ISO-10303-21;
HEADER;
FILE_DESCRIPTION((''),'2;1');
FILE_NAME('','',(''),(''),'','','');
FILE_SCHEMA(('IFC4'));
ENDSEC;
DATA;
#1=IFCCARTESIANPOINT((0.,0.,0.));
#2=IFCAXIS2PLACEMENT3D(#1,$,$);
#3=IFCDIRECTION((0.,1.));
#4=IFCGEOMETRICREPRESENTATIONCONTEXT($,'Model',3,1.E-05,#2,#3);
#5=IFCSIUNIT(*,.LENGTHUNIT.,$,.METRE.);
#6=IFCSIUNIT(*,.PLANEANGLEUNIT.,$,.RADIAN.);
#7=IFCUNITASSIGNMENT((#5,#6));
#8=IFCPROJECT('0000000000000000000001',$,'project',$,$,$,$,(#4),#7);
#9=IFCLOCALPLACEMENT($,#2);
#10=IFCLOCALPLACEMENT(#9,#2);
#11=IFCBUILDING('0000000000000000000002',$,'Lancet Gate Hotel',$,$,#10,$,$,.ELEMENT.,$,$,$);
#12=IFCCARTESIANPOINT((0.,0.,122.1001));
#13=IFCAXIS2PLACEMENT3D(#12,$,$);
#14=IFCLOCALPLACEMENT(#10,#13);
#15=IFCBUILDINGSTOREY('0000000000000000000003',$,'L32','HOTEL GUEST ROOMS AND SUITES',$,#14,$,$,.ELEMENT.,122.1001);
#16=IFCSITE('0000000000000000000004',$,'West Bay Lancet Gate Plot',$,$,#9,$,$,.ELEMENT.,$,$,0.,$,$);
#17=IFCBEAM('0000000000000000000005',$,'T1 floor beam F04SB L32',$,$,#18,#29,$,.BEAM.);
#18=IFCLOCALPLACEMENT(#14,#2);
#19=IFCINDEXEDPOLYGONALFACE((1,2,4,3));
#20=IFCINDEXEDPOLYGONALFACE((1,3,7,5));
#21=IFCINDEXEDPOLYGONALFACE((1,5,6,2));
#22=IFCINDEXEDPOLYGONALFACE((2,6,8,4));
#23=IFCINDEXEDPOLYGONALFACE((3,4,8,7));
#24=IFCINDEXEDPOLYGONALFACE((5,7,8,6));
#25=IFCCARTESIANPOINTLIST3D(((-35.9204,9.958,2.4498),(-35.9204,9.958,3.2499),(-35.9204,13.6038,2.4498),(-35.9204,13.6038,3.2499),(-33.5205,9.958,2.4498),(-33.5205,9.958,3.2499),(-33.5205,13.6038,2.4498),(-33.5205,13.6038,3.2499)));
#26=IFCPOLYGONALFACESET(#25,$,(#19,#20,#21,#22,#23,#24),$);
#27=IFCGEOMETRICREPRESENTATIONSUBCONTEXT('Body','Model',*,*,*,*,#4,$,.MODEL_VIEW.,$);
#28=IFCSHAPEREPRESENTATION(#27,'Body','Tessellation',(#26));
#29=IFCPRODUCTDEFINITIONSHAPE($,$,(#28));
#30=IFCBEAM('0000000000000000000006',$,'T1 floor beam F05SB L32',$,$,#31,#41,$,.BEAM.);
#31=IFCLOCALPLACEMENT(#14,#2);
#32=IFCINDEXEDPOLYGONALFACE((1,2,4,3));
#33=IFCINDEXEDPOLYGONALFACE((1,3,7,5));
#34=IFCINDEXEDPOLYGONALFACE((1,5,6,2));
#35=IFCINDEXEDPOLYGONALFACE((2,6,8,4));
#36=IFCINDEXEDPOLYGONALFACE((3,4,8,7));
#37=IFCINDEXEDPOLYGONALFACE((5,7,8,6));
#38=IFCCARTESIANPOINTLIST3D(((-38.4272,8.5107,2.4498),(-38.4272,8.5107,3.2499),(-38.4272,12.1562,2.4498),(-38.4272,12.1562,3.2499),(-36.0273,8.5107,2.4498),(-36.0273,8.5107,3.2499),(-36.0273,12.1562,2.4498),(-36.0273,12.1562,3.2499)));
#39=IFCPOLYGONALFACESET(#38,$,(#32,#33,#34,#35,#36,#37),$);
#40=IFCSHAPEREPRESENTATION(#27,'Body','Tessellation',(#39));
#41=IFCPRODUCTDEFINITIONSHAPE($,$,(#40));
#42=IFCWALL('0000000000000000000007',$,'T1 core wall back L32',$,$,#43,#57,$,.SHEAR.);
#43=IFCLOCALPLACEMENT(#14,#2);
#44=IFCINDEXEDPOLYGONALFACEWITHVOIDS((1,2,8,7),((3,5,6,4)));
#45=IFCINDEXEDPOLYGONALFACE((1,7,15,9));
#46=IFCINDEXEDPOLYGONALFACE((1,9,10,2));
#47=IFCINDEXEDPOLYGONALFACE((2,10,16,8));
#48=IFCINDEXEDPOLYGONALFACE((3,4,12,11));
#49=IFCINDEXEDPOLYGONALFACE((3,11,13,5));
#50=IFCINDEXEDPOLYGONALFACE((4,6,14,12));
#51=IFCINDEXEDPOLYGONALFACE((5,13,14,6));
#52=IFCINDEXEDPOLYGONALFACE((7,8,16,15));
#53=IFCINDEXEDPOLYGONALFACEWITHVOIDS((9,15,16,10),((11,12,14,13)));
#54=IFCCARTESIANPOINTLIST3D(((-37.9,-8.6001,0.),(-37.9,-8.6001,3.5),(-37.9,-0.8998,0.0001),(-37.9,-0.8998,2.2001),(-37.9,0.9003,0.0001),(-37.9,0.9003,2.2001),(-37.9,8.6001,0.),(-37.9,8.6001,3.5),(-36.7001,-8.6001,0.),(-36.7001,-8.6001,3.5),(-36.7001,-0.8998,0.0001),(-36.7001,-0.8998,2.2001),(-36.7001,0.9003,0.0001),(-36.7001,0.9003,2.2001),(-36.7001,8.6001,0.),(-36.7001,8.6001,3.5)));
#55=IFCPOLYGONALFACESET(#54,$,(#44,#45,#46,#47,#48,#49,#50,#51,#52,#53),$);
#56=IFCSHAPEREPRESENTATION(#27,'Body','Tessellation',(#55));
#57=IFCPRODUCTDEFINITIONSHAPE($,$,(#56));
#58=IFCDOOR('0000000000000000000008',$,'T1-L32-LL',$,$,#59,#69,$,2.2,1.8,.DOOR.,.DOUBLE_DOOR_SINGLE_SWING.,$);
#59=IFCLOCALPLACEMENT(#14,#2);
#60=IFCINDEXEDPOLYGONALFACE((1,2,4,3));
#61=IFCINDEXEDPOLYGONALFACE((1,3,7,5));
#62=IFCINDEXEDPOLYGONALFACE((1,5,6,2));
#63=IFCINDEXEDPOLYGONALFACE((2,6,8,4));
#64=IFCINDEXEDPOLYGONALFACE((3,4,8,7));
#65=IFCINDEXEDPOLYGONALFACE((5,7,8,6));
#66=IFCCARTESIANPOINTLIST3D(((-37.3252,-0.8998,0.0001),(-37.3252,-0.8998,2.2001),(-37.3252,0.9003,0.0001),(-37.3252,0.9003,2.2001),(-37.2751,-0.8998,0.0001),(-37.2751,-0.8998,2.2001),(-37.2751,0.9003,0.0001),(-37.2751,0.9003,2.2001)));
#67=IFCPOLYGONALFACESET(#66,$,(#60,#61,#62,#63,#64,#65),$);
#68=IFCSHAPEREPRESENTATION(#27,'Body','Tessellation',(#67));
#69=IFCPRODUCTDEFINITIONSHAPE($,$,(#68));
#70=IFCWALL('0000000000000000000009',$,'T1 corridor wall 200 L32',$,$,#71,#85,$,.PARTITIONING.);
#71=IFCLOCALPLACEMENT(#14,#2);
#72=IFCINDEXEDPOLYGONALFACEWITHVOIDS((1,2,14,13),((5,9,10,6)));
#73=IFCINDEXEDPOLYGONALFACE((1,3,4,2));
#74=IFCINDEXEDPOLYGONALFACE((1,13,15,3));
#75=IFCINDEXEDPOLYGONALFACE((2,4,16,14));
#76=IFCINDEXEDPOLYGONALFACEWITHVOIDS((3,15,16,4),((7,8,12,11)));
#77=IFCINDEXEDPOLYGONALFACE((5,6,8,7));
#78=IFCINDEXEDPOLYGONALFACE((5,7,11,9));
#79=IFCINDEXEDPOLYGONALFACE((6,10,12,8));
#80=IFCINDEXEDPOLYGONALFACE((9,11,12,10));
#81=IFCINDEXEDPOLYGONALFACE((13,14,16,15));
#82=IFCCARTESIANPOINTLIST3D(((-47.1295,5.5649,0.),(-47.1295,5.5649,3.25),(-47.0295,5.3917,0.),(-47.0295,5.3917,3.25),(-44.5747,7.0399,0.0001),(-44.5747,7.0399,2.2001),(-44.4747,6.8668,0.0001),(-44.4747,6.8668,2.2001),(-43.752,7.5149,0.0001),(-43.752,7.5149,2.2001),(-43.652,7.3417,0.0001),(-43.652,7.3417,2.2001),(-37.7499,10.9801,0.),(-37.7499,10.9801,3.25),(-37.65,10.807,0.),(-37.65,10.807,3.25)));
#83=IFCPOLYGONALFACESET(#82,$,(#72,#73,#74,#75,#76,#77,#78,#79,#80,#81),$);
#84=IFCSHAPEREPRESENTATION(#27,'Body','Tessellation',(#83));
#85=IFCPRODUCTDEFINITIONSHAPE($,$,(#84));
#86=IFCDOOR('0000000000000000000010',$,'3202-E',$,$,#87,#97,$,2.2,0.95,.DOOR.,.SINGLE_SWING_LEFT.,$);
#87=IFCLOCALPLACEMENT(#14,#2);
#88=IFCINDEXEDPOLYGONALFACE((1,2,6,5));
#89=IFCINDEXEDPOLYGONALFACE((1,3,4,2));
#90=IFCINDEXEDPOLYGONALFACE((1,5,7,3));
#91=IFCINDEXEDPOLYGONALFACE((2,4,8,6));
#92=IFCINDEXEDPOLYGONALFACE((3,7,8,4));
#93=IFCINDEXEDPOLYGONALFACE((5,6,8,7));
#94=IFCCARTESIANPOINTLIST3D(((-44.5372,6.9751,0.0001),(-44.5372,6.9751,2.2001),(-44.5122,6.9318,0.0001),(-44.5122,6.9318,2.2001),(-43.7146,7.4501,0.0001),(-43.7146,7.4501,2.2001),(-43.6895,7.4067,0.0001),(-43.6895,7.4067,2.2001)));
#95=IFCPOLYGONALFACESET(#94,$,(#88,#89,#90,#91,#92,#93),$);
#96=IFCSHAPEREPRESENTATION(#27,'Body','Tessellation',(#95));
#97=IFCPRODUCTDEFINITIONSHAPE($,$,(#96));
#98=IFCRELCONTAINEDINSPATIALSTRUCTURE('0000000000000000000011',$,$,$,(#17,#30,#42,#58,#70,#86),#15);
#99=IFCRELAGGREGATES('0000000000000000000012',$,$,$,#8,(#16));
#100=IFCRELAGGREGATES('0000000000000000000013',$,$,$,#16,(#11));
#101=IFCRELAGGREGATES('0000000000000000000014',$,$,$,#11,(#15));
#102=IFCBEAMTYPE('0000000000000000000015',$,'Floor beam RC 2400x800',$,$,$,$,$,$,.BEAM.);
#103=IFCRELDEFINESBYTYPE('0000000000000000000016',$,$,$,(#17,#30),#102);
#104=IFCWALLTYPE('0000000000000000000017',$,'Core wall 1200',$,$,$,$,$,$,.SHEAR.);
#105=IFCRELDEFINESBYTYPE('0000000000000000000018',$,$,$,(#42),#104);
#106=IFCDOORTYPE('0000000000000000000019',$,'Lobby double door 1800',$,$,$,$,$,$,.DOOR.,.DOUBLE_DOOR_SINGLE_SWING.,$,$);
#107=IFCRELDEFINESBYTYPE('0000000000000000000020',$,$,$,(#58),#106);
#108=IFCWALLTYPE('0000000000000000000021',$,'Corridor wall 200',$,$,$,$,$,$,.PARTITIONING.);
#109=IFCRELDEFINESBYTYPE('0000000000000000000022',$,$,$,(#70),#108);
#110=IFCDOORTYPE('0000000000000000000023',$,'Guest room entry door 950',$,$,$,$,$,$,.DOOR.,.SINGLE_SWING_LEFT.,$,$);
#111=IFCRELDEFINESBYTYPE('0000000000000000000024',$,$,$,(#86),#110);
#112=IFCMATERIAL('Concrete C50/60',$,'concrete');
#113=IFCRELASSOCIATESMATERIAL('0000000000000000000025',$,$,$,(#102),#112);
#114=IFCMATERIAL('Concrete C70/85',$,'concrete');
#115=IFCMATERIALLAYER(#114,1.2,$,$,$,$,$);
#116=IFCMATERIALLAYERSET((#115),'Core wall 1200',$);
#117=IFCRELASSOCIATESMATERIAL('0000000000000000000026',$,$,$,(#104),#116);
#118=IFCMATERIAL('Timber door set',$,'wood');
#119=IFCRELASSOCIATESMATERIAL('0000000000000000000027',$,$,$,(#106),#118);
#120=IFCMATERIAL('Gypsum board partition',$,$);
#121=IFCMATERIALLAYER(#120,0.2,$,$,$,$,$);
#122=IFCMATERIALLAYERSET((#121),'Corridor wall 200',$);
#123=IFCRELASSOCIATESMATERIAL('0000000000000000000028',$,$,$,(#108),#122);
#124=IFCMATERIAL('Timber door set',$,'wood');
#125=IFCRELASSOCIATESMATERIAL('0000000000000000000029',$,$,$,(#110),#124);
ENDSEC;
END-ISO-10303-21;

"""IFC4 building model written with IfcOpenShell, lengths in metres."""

from ifc_helpers import new_model, si_unit, direction, frame, frame_2d, origin, origin_2d, place, context, subcontext, project, spatial, rectangle, extrude, material, layer, layer_set, material_profile, profile_set, type_object, element, fill, save


model = new_model("IFC4")

# Units and contexts
model_context = context("Model", 3, precision=1e-05, world=origin(), true_north=direction((0.0, 1.0)))
body_context = subcontext(model_context, "Body", "Model", "MODEL_VIEW")
ifc_project = project(units=[si_unit("LENGTHUNIT", "METRE"), si_unit("PLANEANGLEUNIT", "RADIAN")], contexts=[model_context])

# Site, building, storey
site_placement = place(None, origin())
site = spatial("IfcSite", under=ifc_project, at=site_placement, Name="West Bay Lancet Gate Plot", CompositionType="ELEMENT", RefElevation=0.0)
building_placement = place(site_placement, origin())
building = spatial("IfcBuilding", under=site, at=building_placement, Name="Lancet Gate Hotel", CompositionType="ELEMENT")
storey_placement = place(building_placement, frame((0.0, 0.0, 122.1001)))
storey = spatial("IfcBuildingStorey", under=building, at=storey_placement, Name="L32", Description="HOTEL GUEST ROOMS AND SUITES", CompositionType="ELEMENT", Elevation=122.1001)

# Beams
ifc_material_1 = material(Name="Concrete C50/60", Category="concrete")
ifc_material_profile = material_profile(ifc_material_1, rectangle(XDim=2.3999, YDim=0.8, at=origin_2d()), Name="RC 2400x800")
ifc_profile_set = profile_set([ifc_material_profile], Name="Concrete C50/60")
beam_type = type_object("IfcBeamType", Name="Floor beam RC 2400x800", PredefinedType="BEAM", material=ifc_profile_set)
beam_1_placement = place(storey_placement, frame((-34.7205, 13.6038, 2.8499), z_axis=(0.0, -1.0, 0.0), x_axis=(1.0, 0.0, 0.0)))
element("IfcBeam", 1, at=beam_1_placement, inside=storey, type_object=beam_type, Name="T1 floor beam F04SB L32", PredefinedType="BEAM", context=body_context, shape_type="SweptSolid", body=[
    extrude(rectangle(XDim=2.3999, YDim=0.8, at=origin_2d()), origin(), (0.0, 0.0, 1.0), 3.6458),
])
beam_2_placement = place(storey_placement, frame((-37.2273, 12.1562, 2.8499), z_axis=(0.0, -1.0, 0.0), x_axis=(1.0, 0.0, 0.0)))
element("IfcBeam", 2, at=beam_2_placement, inside=storey, type_object=beam_type, Name="T1 floor beam F05SB L32", PredefinedType="BEAM", context=body_context, shape_type="SweptSolid", body=[
    extrude(rectangle(XDim=2.3999, YDim=0.8, at=origin_2d()), origin(), (0.0, 0.0, 1.0), 3.6455),
])

# Walls, openings, doors
ifc_material_2 = material(Name="Concrete C70/85", Category="concrete")
ifc_layer_1 = layer(ifc_material_2, 1.2)
ifc_layer_set_1 = layer_set([ifc_layer_1], Name="Core wall 1200")
wall_type_1 = type_object("IfcWallType", Name="Core wall 1200", PredefinedType="SHEAR", material=ifc_layer_set_1)
wall_1_placement = place(storey_placement, frame((-37.3, 8.6001, 0.0), z_axis=(0.0, 0.0, 1.0), x_axis=(0.0, -1.0, 0.0)))
wall_1 = element("IfcWall", 3, at=wall_1_placement, inside=storey, type_object=wall_type_1, Name="T1 core wall back L32", PredefinedType="SHEAR", context=body_context, shape_type="SweptSolid", body=[
    extrude(rectangle(XDim=17.2002, YDim=1.2, at=frame_2d((8.6001, 0.0))), origin(), (0.0, 0.0, 1.0), 3.5),
])
opening_1_placement = place(wall_1_placement, frame((7.7, 0.0, 0.0)))
opening_1 = element("IfcOpeningElement", 4, at=opening_1_placement, cuts=wall_1, PredefinedType="OPENING", context=body_context, shape_type="SweptSolid", body=[
    extrude(rectangle(XDim=1.8, YDim=2.2, at=frame_2d((0.8999, 1.1001))), frame((0.0, 0.6099, 0.0), z_axis=(0.0, -1.0, 0.0), x_axis=(1.0, 0.0, 0.0)), (0.0, 0.0, 1.0), 1.22),
])
ifc_material_3 = material(Name="Timber door set", Category="wood")
door_type_1 = type_object("IfcDoorType", Name="Lobby double door 1800", OperationType="DOUBLE_DOOR_SINGLE_SWING", PredefinedType="DOOR", material=ifc_material_3)
door_1_placement = place(opening_1_placement, origin())
door_1 = element("IfcDoor", 5, at=door_1_placement, inside=storey, type_object=door_type_1, Name="T1-L32-LL", OperationType="DOUBLE_DOOR_SINGLE_SWING", OverallHeight=2.2, OverallWidth=1.8, PredefinedType="DOOR", context=body_context, shape_type="SweptSolid", body=[
    extrude(rectangle(XDim=1.8, YDim=2.2, at=frame_2d((0.8999, 1.1001))), frame((0.0, 0.0249, 0.0), z_axis=(0.0, -1.0, 0.0), x_axis=(1.0, 0.0, 0.0)), (0.0, 0.0, 1.0), 0.05),
])
fill(opening_1, door_1)
ifc_material_4 = material(Name="Gypsum board partition")
ifc_layer_2 = layer(ifc_material_4, 0.2)
ifc_layer_set_2 = layer_set([ifc_layer_2], Name="Corridor wall 200")
wall_type_2 = type_object("IfcWallType", Name="Corridor wall 200", PredefinedType="PARTITIONING", material=ifc_layer_set_2)
wall_2_placement = place(storey_placement, frame((-37.7, 10.8936, 0.0), z_axis=(0.0, 0.0, 1.0), x_axis=(-0.866028, -0.499996, 0.0)))
wall_2 = element("IfcWall", 6, at=wall_2_placement, inside=storey, type_object=wall_type_2, Name="T1 corridor wall 200 L32", PredefinedType="PARTITIONING", context=body_context, shape_type="SweptSolid", body=[
    extrude(rectangle(XDim=10.8306, YDim=0.2, at=frame_2d((5.4153, 0.0))), origin(), (0.0, 0.0, 1.0), 3.25),
])
opening_2_placement = place(wall_2_placement, frame((6.9304, 0.0, 0.0)))
opening_2 = element("IfcOpeningElement", 7, at=opening_2_placement, cuts=wall_2, PredefinedType="OPENING", context=body_context, shape_type="SweptSolid", body=[
    extrude(rectangle(XDim=0.95, YDim=2.2, at=frame_2d((0.4751, 1.1001))), frame((0.0, 0.1099, 0.0), z_axis=(0.0, -1.0, 0.0), x_axis=(1.0, 0.0, 0.0)), (0.0, 0.0, 1.0), 0.22),
])
ifc_material_5 = material(Name="Timber door set", Category="wood")
door_type_2 = type_object("IfcDoorType", Name="Guest room entry door 950", OperationType="SINGLE_SWING_LEFT", PredefinedType="DOOR", material=ifc_material_5)
door_2_placement = place(opening_2_placement, origin())
door_2 = element("IfcDoor", 8, at=door_2_placement, inside=storey, type_object=door_type_2, Name="3202-E", OperationType="SINGLE_SWING_LEFT", OverallHeight=2.2, OverallWidth=0.95, PredefinedType="DOOR", context=body_context, shape_type="SweptSolid", body=[
    extrude(rectangle(XDim=0.95, YDim=2.2, at=frame_2d((0.4751, 1.1001))), frame((0.0, 0.0249, 0.0), z_axis=(0.0, -1.0, 0.0), x_axis=(1.0, 0.0, 0.0)), (0.0, 0.0, 1.0), 0.05),
])
fill(opening_2, door_2)

save(model, "model.ifc")
